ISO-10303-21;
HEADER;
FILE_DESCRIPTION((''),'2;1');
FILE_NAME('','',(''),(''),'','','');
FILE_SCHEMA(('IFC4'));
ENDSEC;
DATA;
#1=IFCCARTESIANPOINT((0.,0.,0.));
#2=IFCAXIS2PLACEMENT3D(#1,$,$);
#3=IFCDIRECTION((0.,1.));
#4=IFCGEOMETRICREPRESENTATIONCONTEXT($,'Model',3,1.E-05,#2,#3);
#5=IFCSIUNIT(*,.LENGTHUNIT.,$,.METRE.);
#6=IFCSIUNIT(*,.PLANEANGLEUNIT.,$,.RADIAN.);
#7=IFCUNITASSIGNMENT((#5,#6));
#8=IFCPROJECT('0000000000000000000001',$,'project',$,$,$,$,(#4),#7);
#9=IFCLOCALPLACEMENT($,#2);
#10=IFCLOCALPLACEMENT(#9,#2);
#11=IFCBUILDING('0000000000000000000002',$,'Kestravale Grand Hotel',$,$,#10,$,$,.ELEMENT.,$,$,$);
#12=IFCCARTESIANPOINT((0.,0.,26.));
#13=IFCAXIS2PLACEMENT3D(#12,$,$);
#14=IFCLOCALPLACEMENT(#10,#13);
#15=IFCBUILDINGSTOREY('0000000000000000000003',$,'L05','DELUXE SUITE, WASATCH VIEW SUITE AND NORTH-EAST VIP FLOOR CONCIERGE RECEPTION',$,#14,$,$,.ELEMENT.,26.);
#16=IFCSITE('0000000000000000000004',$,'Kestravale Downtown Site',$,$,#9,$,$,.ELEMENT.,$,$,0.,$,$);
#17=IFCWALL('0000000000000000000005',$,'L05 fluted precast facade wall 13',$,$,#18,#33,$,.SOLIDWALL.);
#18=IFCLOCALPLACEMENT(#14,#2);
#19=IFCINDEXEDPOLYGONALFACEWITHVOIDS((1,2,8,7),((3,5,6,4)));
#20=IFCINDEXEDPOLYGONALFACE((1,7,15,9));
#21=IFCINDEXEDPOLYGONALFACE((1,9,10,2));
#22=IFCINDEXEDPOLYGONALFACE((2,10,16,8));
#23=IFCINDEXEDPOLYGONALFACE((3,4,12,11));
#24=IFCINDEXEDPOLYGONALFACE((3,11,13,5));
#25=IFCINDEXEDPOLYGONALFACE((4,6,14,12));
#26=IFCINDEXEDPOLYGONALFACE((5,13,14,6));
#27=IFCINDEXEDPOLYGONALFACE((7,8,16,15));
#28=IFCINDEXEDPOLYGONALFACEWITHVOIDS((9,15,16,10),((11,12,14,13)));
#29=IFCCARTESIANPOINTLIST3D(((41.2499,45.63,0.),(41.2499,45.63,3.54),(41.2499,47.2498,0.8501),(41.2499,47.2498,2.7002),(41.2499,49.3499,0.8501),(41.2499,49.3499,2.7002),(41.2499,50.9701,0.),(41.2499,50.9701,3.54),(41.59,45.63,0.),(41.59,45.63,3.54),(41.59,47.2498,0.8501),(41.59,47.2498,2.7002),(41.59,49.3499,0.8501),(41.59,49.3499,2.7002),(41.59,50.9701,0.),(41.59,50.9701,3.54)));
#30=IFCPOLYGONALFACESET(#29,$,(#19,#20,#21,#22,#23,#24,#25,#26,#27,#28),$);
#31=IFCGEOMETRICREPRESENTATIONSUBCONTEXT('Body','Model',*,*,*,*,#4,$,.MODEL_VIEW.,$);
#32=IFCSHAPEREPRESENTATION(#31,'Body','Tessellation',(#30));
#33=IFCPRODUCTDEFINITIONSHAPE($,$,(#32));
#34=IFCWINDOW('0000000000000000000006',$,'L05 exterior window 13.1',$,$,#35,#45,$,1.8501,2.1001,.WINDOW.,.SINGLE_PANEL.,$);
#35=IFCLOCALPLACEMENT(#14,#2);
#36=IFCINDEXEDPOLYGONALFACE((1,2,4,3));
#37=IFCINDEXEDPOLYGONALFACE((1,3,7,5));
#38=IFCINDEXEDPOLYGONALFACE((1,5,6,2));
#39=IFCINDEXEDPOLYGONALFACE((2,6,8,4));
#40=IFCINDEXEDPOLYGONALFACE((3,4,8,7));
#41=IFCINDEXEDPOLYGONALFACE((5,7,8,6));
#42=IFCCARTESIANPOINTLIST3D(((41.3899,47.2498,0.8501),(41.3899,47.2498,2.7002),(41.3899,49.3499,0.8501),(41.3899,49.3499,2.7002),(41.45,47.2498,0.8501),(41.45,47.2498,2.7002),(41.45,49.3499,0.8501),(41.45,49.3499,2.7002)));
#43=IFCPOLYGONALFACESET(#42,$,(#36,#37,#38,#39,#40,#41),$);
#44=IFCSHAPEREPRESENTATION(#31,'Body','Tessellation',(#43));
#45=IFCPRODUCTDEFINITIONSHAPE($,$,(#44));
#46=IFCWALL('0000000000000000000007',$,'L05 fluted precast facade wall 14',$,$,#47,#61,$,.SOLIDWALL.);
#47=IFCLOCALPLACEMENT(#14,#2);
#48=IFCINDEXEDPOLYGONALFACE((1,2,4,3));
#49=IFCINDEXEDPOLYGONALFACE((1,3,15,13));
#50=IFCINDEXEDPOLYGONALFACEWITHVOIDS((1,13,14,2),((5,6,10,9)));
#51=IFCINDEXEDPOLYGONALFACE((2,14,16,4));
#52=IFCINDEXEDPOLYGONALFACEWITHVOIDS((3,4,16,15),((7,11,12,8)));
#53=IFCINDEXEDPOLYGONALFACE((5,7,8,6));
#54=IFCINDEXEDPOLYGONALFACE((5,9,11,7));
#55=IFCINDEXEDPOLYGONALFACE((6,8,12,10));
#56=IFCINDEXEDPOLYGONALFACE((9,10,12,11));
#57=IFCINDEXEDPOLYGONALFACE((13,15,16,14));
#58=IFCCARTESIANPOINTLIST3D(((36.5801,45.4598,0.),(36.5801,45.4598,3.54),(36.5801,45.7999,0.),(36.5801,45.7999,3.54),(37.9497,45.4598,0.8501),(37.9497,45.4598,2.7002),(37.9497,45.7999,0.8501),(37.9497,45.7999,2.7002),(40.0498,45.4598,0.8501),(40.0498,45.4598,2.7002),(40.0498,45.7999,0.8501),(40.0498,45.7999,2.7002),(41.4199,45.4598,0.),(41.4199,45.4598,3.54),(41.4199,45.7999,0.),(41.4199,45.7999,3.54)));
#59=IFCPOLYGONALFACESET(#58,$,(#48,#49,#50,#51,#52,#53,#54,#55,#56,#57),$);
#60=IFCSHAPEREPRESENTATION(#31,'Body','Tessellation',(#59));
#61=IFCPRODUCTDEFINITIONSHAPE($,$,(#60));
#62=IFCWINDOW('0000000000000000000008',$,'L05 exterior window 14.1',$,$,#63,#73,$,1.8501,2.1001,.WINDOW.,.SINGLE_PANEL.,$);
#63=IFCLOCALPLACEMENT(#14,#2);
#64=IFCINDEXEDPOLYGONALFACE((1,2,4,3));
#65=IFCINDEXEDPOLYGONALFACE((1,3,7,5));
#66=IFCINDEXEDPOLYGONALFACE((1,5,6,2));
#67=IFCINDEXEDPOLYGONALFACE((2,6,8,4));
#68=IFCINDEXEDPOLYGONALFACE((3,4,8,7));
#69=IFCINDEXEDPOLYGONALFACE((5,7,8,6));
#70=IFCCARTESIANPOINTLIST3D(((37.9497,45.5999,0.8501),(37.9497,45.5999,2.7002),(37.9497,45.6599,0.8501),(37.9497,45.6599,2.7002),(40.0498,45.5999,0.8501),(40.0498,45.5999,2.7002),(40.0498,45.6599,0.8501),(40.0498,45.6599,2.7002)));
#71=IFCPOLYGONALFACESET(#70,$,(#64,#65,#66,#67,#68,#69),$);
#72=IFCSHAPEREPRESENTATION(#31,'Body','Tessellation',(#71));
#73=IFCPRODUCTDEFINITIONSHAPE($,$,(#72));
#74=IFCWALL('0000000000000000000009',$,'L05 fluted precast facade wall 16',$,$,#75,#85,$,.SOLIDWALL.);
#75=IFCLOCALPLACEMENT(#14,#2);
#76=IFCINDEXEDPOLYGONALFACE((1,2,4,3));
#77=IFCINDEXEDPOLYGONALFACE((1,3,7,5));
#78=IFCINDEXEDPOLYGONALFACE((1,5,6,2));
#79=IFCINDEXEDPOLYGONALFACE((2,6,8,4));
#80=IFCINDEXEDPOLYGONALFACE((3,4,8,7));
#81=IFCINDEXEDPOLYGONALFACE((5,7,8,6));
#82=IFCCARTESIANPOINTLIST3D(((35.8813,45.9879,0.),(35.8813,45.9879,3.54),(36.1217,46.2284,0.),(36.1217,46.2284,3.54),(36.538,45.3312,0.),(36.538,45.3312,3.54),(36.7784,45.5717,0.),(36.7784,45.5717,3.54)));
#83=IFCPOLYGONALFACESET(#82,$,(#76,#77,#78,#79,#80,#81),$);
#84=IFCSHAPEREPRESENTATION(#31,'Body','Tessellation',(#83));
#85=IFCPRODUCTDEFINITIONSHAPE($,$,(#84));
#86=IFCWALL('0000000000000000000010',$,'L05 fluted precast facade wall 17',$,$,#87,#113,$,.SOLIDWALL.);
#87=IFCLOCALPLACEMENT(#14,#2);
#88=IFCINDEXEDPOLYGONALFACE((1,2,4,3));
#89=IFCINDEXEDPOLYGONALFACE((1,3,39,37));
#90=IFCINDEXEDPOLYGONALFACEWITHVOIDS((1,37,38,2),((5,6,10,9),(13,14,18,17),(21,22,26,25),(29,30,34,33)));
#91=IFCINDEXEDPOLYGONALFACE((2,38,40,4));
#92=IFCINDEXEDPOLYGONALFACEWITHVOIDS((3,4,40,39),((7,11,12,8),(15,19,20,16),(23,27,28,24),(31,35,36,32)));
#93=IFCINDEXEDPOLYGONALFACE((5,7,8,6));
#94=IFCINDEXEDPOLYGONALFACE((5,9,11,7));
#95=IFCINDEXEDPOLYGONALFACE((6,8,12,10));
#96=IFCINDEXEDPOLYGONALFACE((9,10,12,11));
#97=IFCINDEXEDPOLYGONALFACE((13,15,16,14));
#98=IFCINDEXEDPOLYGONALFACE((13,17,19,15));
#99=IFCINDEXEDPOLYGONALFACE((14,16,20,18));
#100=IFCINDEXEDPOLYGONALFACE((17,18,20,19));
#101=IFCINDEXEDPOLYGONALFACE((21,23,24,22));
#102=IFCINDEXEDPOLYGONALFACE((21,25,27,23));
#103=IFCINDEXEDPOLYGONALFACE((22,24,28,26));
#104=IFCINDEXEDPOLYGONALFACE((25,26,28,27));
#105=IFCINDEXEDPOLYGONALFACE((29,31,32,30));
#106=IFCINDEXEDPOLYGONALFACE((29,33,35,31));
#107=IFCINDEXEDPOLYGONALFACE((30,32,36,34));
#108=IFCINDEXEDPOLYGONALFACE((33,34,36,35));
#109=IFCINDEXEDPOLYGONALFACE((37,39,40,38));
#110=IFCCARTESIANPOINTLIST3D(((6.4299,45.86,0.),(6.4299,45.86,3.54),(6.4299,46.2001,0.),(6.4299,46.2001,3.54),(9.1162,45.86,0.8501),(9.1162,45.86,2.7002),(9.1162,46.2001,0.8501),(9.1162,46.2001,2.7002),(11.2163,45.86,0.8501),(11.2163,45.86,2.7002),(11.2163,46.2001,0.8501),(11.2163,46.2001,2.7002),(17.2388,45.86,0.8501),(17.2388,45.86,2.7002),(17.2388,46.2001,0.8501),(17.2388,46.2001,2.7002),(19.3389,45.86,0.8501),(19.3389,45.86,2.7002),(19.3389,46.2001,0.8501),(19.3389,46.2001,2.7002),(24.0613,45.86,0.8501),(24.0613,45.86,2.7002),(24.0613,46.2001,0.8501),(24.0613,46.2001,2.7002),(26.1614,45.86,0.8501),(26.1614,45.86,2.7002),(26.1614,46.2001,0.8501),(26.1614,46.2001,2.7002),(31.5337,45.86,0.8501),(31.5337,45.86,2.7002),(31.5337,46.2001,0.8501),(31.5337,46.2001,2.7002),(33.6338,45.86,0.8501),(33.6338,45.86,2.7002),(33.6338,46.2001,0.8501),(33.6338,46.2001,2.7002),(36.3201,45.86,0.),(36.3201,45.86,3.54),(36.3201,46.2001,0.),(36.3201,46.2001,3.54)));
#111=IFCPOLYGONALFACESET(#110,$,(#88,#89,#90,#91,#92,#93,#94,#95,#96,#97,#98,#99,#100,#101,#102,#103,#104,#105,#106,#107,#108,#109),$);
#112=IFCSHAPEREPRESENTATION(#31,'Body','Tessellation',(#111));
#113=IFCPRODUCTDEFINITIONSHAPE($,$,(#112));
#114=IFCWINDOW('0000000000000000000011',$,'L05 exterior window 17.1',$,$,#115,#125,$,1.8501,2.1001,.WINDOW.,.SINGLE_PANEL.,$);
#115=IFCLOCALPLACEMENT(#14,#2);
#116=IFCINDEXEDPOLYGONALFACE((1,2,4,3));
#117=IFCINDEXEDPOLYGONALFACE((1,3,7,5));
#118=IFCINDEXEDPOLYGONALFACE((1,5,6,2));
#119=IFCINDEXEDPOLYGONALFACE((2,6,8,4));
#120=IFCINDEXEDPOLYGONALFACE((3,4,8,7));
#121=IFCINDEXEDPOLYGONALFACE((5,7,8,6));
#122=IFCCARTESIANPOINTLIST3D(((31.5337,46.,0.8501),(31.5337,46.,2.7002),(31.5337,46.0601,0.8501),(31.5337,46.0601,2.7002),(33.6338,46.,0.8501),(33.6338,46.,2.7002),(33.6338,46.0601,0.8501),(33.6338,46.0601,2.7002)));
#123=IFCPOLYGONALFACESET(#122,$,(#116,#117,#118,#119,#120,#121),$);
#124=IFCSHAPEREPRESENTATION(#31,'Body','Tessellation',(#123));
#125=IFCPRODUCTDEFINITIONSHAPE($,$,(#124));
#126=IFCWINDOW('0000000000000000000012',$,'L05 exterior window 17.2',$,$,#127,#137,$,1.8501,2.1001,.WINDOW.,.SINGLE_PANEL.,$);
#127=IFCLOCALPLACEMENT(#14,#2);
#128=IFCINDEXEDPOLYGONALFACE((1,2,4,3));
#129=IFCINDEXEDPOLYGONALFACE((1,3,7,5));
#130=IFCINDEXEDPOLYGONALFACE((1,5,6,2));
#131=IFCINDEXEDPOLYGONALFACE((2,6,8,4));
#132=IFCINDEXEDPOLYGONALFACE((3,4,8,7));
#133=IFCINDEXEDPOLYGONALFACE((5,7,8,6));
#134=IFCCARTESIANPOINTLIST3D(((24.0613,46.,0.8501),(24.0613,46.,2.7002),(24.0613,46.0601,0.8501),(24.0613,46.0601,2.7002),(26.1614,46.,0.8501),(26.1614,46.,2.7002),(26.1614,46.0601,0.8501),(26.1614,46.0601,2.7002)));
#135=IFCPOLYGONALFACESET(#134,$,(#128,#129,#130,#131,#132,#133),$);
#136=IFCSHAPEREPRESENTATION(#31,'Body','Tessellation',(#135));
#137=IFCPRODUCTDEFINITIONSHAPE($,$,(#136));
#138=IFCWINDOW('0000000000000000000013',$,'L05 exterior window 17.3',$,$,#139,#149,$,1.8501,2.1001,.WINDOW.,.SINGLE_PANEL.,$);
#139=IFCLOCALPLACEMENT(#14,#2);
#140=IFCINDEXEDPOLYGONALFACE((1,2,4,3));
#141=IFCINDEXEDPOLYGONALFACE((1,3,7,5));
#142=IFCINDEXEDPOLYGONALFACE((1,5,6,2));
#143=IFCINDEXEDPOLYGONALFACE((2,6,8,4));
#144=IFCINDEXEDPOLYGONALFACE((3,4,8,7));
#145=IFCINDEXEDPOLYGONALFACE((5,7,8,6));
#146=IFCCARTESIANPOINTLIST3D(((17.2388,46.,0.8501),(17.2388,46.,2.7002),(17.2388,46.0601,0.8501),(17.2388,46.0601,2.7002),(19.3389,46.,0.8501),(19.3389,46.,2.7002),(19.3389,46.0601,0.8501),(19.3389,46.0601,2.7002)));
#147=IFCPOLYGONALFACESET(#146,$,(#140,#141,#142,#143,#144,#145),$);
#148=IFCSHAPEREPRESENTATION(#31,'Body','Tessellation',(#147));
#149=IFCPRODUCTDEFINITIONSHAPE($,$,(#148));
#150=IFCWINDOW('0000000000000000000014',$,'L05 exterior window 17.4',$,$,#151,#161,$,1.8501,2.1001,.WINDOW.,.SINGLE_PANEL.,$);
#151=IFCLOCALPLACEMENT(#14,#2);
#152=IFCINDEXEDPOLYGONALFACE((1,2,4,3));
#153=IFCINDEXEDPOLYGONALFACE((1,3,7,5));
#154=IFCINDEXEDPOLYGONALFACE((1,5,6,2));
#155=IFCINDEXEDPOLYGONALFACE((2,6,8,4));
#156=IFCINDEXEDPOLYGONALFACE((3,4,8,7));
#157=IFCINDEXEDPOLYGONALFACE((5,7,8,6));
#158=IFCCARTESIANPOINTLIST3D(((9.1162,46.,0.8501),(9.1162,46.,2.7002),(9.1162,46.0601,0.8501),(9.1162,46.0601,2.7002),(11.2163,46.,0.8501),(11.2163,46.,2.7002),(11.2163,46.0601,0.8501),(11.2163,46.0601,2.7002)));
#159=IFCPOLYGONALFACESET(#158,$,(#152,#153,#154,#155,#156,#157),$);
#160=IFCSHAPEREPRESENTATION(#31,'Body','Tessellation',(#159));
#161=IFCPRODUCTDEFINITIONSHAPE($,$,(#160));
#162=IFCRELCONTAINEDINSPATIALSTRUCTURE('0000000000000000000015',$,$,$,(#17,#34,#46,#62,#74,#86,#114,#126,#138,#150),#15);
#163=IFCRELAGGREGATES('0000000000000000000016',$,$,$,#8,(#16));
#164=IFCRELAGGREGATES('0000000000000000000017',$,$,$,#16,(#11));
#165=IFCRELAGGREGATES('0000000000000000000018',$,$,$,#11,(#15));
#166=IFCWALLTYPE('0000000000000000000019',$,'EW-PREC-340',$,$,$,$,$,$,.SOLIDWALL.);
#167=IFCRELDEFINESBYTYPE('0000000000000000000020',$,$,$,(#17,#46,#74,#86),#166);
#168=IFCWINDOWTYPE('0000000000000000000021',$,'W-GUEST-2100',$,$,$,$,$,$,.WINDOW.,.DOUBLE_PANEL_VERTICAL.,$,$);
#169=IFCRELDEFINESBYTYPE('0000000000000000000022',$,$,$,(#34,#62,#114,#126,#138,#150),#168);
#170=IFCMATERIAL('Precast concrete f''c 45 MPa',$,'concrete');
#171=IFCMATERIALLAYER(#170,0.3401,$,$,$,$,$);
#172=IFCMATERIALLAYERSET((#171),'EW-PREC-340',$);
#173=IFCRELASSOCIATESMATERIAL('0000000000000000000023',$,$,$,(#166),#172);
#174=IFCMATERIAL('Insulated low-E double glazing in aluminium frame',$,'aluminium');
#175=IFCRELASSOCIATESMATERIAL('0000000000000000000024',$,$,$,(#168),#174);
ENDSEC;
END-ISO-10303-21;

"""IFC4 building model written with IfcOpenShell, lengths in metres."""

from ifc_helpers import new_model, si_unit, direction, frame, frame_2d, origin, place, context, subcontext, project, spatial, rectangle, extrude, material, layer, layer_set, type_object, element, fill, save


model = new_model("IFC4")

# Units and contexts
model_context = context("Model", 3, precision=1e-05, world=origin(), true_north=direction((0.0, 1.0)))
body_context = subcontext(model_context, "Body", "Model", "MODEL_VIEW")
ifc_project = project(units=[si_unit("LENGTHUNIT", "METRE"), si_unit("PLANEANGLEUNIT", "RADIAN")], contexts=[model_context])

# Site, building, storey
site_placement = place(None, origin())
site = spatial("IfcSite", under=ifc_project, at=site_placement, Name="Kestravale Downtown Site", CompositionType="ELEMENT", RefElevation=0.0)
building_placement = place(site_placement, origin())
building = spatial("IfcBuilding", under=site, at=building_placement, Name="Kestravale Grand Hotel", CompositionType="ELEMENT")
storey_placement = place(building_placement, frame((0.0, 0.0, 26.0)))
storey = spatial("IfcBuildingStorey", under=building, at=storey_placement, Name="L05", Description="DELUXE SUITE, WASATCH VIEW SUITE AND NORTH-EAST VIP FLOOR CONCIERGE RECEPTION", CompositionType="ELEMENT", Elevation=26.0)

# Shared definitions
ifc_material_1 = material(Name="Precast concrete f'c 45 MPa", Category="concrete")
ifc_layer_1 = layer(ifc_material_1, 0.3401)
ifc_layer_set_1 = layer_set([ifc_layer_1], Name="EW-PREC-340")
wall_type_1 = type_object("IfcWallType", Name="EW-PREC-340", PredefinedType="SOLIDWALL", material=ifc_layer_set_1)

# Walls, openings, windows
wall_1_placement = place(storey_placement, frame((41.4199, 50.97, 0.0), z_axis=(0.0, 0.0, 1.0), x_axis=(0.0, -1.0, 0.0)))
wall_1 = element("IfcWall", 1, at=wall_1_placement, inside=storey, type_object=wall_type_1, Name="L05 fluted precast facade wall 13", PredefinedType="SOLIDWALL", context=body_context, shape_type="SweptSolid", body=[
    extrude(rectangle(XDim=5.3401, YDim=0.3401, at=frame_2d((2.6699, 0.0))), origin(), (0.0, 0.0, 1.0), 3.54),
])
opening_1_placement = place(wall_1_placement, frame((1.6201, 0.0, 0.8501)))
opening_1 = element("IfcOpeningElement", 2, at=opening_1_placement, cuts=wall_1, PredefinedType="OPENING", context=body_context, shape_type="SweptSolid", body=[
    extrude(rectangle(XDim=2.1001, YDim=1.8501, at=frame_2d((1.05, 0.925))), frame((0.0, 0.1799, 0.0), z_axis=(0.0, -1.0, 0.0), x_axis=(1.0, 0.0, 0.0)), (0.0, 0.0, 1.0), 0.3601),
])
ifc_material_2 = material(Name="Insulated low-E double glazing in aluminium frame", Category="aluminium")
window_type = type_object("IfcWindowType", Name="W-GUEST-2100", PartitioningType="DOUBLE_PANEL_VERTICAL", PredefinedType="WINDOW", material=ifc_material_2)
window_1_placement = place(opening_1_placement, origin())
window_1 = element("IfcWindow", 3, at=window_1_placement, inside=storey, type_object=window_type, Name="L05 exterior window 13.1", OverallHeight=1.8501, OverallWidth=2.1001, PartitioningType="SINGLE_PANEL", PredefinedType="WINDOW", context=body_context, shape_type="SweptSolid", body=[
    extrude(rectangle(XDim=2.1001, YDim=1.8501, at=frame_2d((1.05, 0.925))), frame((0.0, 0.03, 0.0), z_axis=(0.0, -1.0, 0.0), x_axis=(1.0, 0.0, 0.0)), (0.0, 0.0, 1.0), 0.0601),
])
fill(opening_1, window_1)
wall_2_placement = place(storey_placement, frame((41.4199, 45.6299, 0.0), z_axis=(0.0, 0.0, 1.0), x_axis=(-1.0, 0.0, 0.0)))
wall_2 = element("IfcWall", 4, at=wall_2_placement, inside=storey, type_object=wall_type_1, Name="L05 fluted precast facade wall 14", PredefinedType="SOLIDWALL", context=body_context, shape_type="SweptSolid", body=[
    extrude(rectangle(XDim=4.8398, YDim=0.3401, at=frame_2d((2.4199, 0.0))), origin(), (0.0, 0.0, 1.0), 3.54),
])
opening_2_placement = place(wall_2_placement, frame((1.3701, 0.0, 0.8501)))
opening_2 = element("IfcOpeningElement", 5, at=opening_2_placement, cuts=wall_2, PredefinedType="OPENING", context=body_context, shape_type="SweptSolid", body=[
    extrude(rectangle(XDim=2.1001, YDim=1.8501, at=frame_2d((1.05, 0.925))), frame((0.0, 0.1799, 0.0), z_axis=(0.0, -1.0, 0.0), x_axis=(1.0, 0.0, 0.0)), (0.0, 0.0, 1.0), 0.3601),
])
window_2_placement = place(opening_2_placement, origin())
window_2 = element("IfcWindow", 6, at=window_2_placement, inside=storey, type_object=window_type, Name="L05 exterior window 14.1", OverallHeight=1.8501, OverallWidth=2.1001, PartitioningType="SINGLE_PANEL", PredefinedType="WINDOW", context=body_context, shape_type="SweptSolid", body=[
    extrude(rectangle(XDim=2.1001, YDim=1.8501, at=frame_2d((1.05, 0.925))), frame((0.0, 0.03, 0.0), z_axis=(0.0, -1.0, 0.0), x_axis=(1.0, 0.0, 0.0)), (0.0, 0.0, 1.0), 0.0601),
])
fill(opening_2, window_2)

# Wall
wall_3_placement = place(storey_placement, frame((36.6582, 45.4514, 0.0), z_axis=(0.0, 0.0, 1.0), x_axis=(-0.707107, 0.707107, 0.0)))
element("IfcWall", 7, at=wall_3_placement, inside=storey, type_object=wall_type_1, Name="L05 fluted precast facade wall 16", PredefinedType="SOLIDWALL", context=body_context, shape_type="SweptSolid", body=[
    extrude(rectangle(XDim=0.9287, YDim=0.3401, at=frame_2d((0.4644, 0.0))), origin(), (0.0, 0.0, 1.0), 3.54),
])

# Wall, openings, windows
wall_4_placement = place(storey_placement, frame((36.3201, 46.03, 0.0), z_axis=(0.0, 0.0, 1.0), x_axis=(-1.0, 0.0, 0.0)))
wall_4 = element("IfcWall", 8, at=wall_4_placement, inside=storey, type_object=wall_type_1, Name="L05 fluted precast facade wall 17", PredefinedType="SOLIDWALL", context=body_context, shape_type="SweptSolid", body=[
    extrude(rectangle(XDim=29.8901, YDim=0.3401, at=frame_2d((14.9451, 0.0))), origin(), (0.0, 0.0, 1.0), 3.54),
])
opening_3_placement = place(wall_4_placement, frame((2.6863, 0.0, 0.8501)))
opening_3 = element("IfcOpeningElement", 9, at=opening_3_placement, cuts=wall_4, PredefinedType="OPENING", context=body_context, shape_type="SweptSolid", body=[
    extrude(rectangle(XDim=2.1001, YDim=1.8501, at=frame_2d((1.05, 0.925))), frame((0.0, 0.1799, 0.0), z_axis=(0.0, -1.0, 0.0), x_axis=(1.0, 0.0, 0.0)), (0.0, 0.0, 1.0), 0.3601),
])
opening_4_placement = place(wall_4_placement, frame((10.1587, 0.0, 0.8501)))
opening_4 = element("IfcOpeningElement", 10, at=opening_4_placement, cuts=wall_4, PredefinedType="OPENING", context=body_context, shape_type="SweptSolid", body=[
    extrude(rectangle(XDim=2.1001, YDim=1.8501, at=frame_2d((1.05, 0.925))), frame((0.0, 0.1799, 0.0), z_axis=(0.0, -1.0, 0.0), x_axis=(1.0, 0.0, 0.0)), (0.0, 0.0, 1.0), 0.3601),
])
opening_5_placement = place(wall_4_placement, frame((16.9812, 0.0, 0.8501)))
opening_5 = element("IfcOpeningElement", 11, at=opening_5_placement, cuts=wall_4, PredefinedType="OPENING", context=body_context, shape_type="SweptSolid", body=[
    extrude(rectangle(XDim=2.1001, YDim=1.8501, at=frame_2d((1.05, 0.925))), frame((0.0, 0.1799, 0.0), z_axis=(0.0, -1.0, 0.0), x_axis=(1.0, 0.0, 0.0)), (0.0, 0.0, 1.0), 0.3601),
])
opening_6_placement = place(wall_4_placement, frame((25.1038, 0.0, 0.8501)))
opening_6 = element("IfcOpeningElement", 12, at=opening_6_placement, cuts=wall_4, PredefinedType="OPENING", context=body_context, shape_type="SweptSolid", body=[
    extrude(rectangle(XDim=2.1001, YDim=1.8501, at=frame_2d((1.05, 0.925))), frame((0.0, 0.1799, 0.0), z_axis=(0.0, -1.0, 0.0), x_axis=(1.0, 0.0, 0.0)), (0.0, 0.0, 1.0), 0.3601),
])
window_3_placement = place(opening_3_placement, origin())
window_3 = element("IfcWindow", 13, at=window_3_placement, inside=storey, type_object=window_type, Name="L05 exterior window 17.1", OverallHeight=1.8501, OverallWidth=2.1001, PartitioningType="SINGLE_PANEL", PredefinedType="WINDOW", context=body_context, shape_type="SweptSolid", body=[
    extrude(rectangle(XDim=2.1001, YDim=1.8501, at=frame_2d((1.05, 0.925))), frame((0.0, 0.03, 0.0), z_axis=(0.0, -1.0, 0.0), x_axis=(1.0, 0.0, 0.0)), (0.0, 0.0, 1.0), 0.0601),
])
fill(opening_3, window_3)
window_4_placement = place(opening_4_placement, origin())
window_4 = element("IfcWindow", 14, at=window_4_placement, inside=storey, type_object=window_type, Name="L05 exterior window 17.2", OverallHeight=1.8501, OverallWidth=2.1001, PartitioningType="SINGLE_PANEL", PredefinedType="WINDOW", context=body_context, shape_type="SweptSolid", body=[
    extrude(rectangle(XDim=2.1001, YDim=1.8501, at=frame_2d((1.05, 0.925))), frame((0.0, 0.03, 0.0), z_axis=(0.0, -1.0, 0.0), x_axis=(1.0, 0.0, 0.0)), (0.0, 0.0, 1.0), 0.0601),
])
fill(opening_4, window_4)
window_5_placement = place(opening_5_placement, origin())
window_5 = element("IfcWindow", 15, at=window_5_placement, inside=storey, type_object=window_type, Name="L05 exterior window 17.3", OverallHeight=1.8501, OverallWidth=2.1001, PartitioningType="SINGLE_PANEL", PredefinedType="WINDOW", context=body_context, shape_type="SweptSolid", body=[
    extrude(rectangle(XDim=2.1001, YDim=1.8501, at=frame_2d((1.05, 0.925))), frame((0.0, 0.03, 0.0), z_axis=(0.0, -1.0, 0.0), x_axis=(1.0, 0.0, 0.0)), (0.0, 0.0, 1.0), 0.0601),
])
fill(opening_5, window_5)
window_6_placement = place(opening_6_placement, origin())
window_6 = element("IfcWindow", 16, at=window_6_placement, inside=storey, type_object=window_type, Name="L05 exterior window 17.4", OverallHeight=1.8501, OverallWidth=2.1001, PartitioningType="SINGLE_PANEL", PredefinedType="WINDOW", context=body_context, shape_type="SweptSolid", body=[
    extrude(rectangle(XDim=2.1001, YDim=1.8501, at=frame_2d((1.05, 0.925))), frame((0.0, 0.03, 0.0), z_axis=(0.0, -1.0, 0.0), x_axis=(1.0, 0.0, 0.0)), (0.0, 0.0, 1.0), 0.0601),
])
fill(opening_6, window_6)

save(model, "model.ifc")
